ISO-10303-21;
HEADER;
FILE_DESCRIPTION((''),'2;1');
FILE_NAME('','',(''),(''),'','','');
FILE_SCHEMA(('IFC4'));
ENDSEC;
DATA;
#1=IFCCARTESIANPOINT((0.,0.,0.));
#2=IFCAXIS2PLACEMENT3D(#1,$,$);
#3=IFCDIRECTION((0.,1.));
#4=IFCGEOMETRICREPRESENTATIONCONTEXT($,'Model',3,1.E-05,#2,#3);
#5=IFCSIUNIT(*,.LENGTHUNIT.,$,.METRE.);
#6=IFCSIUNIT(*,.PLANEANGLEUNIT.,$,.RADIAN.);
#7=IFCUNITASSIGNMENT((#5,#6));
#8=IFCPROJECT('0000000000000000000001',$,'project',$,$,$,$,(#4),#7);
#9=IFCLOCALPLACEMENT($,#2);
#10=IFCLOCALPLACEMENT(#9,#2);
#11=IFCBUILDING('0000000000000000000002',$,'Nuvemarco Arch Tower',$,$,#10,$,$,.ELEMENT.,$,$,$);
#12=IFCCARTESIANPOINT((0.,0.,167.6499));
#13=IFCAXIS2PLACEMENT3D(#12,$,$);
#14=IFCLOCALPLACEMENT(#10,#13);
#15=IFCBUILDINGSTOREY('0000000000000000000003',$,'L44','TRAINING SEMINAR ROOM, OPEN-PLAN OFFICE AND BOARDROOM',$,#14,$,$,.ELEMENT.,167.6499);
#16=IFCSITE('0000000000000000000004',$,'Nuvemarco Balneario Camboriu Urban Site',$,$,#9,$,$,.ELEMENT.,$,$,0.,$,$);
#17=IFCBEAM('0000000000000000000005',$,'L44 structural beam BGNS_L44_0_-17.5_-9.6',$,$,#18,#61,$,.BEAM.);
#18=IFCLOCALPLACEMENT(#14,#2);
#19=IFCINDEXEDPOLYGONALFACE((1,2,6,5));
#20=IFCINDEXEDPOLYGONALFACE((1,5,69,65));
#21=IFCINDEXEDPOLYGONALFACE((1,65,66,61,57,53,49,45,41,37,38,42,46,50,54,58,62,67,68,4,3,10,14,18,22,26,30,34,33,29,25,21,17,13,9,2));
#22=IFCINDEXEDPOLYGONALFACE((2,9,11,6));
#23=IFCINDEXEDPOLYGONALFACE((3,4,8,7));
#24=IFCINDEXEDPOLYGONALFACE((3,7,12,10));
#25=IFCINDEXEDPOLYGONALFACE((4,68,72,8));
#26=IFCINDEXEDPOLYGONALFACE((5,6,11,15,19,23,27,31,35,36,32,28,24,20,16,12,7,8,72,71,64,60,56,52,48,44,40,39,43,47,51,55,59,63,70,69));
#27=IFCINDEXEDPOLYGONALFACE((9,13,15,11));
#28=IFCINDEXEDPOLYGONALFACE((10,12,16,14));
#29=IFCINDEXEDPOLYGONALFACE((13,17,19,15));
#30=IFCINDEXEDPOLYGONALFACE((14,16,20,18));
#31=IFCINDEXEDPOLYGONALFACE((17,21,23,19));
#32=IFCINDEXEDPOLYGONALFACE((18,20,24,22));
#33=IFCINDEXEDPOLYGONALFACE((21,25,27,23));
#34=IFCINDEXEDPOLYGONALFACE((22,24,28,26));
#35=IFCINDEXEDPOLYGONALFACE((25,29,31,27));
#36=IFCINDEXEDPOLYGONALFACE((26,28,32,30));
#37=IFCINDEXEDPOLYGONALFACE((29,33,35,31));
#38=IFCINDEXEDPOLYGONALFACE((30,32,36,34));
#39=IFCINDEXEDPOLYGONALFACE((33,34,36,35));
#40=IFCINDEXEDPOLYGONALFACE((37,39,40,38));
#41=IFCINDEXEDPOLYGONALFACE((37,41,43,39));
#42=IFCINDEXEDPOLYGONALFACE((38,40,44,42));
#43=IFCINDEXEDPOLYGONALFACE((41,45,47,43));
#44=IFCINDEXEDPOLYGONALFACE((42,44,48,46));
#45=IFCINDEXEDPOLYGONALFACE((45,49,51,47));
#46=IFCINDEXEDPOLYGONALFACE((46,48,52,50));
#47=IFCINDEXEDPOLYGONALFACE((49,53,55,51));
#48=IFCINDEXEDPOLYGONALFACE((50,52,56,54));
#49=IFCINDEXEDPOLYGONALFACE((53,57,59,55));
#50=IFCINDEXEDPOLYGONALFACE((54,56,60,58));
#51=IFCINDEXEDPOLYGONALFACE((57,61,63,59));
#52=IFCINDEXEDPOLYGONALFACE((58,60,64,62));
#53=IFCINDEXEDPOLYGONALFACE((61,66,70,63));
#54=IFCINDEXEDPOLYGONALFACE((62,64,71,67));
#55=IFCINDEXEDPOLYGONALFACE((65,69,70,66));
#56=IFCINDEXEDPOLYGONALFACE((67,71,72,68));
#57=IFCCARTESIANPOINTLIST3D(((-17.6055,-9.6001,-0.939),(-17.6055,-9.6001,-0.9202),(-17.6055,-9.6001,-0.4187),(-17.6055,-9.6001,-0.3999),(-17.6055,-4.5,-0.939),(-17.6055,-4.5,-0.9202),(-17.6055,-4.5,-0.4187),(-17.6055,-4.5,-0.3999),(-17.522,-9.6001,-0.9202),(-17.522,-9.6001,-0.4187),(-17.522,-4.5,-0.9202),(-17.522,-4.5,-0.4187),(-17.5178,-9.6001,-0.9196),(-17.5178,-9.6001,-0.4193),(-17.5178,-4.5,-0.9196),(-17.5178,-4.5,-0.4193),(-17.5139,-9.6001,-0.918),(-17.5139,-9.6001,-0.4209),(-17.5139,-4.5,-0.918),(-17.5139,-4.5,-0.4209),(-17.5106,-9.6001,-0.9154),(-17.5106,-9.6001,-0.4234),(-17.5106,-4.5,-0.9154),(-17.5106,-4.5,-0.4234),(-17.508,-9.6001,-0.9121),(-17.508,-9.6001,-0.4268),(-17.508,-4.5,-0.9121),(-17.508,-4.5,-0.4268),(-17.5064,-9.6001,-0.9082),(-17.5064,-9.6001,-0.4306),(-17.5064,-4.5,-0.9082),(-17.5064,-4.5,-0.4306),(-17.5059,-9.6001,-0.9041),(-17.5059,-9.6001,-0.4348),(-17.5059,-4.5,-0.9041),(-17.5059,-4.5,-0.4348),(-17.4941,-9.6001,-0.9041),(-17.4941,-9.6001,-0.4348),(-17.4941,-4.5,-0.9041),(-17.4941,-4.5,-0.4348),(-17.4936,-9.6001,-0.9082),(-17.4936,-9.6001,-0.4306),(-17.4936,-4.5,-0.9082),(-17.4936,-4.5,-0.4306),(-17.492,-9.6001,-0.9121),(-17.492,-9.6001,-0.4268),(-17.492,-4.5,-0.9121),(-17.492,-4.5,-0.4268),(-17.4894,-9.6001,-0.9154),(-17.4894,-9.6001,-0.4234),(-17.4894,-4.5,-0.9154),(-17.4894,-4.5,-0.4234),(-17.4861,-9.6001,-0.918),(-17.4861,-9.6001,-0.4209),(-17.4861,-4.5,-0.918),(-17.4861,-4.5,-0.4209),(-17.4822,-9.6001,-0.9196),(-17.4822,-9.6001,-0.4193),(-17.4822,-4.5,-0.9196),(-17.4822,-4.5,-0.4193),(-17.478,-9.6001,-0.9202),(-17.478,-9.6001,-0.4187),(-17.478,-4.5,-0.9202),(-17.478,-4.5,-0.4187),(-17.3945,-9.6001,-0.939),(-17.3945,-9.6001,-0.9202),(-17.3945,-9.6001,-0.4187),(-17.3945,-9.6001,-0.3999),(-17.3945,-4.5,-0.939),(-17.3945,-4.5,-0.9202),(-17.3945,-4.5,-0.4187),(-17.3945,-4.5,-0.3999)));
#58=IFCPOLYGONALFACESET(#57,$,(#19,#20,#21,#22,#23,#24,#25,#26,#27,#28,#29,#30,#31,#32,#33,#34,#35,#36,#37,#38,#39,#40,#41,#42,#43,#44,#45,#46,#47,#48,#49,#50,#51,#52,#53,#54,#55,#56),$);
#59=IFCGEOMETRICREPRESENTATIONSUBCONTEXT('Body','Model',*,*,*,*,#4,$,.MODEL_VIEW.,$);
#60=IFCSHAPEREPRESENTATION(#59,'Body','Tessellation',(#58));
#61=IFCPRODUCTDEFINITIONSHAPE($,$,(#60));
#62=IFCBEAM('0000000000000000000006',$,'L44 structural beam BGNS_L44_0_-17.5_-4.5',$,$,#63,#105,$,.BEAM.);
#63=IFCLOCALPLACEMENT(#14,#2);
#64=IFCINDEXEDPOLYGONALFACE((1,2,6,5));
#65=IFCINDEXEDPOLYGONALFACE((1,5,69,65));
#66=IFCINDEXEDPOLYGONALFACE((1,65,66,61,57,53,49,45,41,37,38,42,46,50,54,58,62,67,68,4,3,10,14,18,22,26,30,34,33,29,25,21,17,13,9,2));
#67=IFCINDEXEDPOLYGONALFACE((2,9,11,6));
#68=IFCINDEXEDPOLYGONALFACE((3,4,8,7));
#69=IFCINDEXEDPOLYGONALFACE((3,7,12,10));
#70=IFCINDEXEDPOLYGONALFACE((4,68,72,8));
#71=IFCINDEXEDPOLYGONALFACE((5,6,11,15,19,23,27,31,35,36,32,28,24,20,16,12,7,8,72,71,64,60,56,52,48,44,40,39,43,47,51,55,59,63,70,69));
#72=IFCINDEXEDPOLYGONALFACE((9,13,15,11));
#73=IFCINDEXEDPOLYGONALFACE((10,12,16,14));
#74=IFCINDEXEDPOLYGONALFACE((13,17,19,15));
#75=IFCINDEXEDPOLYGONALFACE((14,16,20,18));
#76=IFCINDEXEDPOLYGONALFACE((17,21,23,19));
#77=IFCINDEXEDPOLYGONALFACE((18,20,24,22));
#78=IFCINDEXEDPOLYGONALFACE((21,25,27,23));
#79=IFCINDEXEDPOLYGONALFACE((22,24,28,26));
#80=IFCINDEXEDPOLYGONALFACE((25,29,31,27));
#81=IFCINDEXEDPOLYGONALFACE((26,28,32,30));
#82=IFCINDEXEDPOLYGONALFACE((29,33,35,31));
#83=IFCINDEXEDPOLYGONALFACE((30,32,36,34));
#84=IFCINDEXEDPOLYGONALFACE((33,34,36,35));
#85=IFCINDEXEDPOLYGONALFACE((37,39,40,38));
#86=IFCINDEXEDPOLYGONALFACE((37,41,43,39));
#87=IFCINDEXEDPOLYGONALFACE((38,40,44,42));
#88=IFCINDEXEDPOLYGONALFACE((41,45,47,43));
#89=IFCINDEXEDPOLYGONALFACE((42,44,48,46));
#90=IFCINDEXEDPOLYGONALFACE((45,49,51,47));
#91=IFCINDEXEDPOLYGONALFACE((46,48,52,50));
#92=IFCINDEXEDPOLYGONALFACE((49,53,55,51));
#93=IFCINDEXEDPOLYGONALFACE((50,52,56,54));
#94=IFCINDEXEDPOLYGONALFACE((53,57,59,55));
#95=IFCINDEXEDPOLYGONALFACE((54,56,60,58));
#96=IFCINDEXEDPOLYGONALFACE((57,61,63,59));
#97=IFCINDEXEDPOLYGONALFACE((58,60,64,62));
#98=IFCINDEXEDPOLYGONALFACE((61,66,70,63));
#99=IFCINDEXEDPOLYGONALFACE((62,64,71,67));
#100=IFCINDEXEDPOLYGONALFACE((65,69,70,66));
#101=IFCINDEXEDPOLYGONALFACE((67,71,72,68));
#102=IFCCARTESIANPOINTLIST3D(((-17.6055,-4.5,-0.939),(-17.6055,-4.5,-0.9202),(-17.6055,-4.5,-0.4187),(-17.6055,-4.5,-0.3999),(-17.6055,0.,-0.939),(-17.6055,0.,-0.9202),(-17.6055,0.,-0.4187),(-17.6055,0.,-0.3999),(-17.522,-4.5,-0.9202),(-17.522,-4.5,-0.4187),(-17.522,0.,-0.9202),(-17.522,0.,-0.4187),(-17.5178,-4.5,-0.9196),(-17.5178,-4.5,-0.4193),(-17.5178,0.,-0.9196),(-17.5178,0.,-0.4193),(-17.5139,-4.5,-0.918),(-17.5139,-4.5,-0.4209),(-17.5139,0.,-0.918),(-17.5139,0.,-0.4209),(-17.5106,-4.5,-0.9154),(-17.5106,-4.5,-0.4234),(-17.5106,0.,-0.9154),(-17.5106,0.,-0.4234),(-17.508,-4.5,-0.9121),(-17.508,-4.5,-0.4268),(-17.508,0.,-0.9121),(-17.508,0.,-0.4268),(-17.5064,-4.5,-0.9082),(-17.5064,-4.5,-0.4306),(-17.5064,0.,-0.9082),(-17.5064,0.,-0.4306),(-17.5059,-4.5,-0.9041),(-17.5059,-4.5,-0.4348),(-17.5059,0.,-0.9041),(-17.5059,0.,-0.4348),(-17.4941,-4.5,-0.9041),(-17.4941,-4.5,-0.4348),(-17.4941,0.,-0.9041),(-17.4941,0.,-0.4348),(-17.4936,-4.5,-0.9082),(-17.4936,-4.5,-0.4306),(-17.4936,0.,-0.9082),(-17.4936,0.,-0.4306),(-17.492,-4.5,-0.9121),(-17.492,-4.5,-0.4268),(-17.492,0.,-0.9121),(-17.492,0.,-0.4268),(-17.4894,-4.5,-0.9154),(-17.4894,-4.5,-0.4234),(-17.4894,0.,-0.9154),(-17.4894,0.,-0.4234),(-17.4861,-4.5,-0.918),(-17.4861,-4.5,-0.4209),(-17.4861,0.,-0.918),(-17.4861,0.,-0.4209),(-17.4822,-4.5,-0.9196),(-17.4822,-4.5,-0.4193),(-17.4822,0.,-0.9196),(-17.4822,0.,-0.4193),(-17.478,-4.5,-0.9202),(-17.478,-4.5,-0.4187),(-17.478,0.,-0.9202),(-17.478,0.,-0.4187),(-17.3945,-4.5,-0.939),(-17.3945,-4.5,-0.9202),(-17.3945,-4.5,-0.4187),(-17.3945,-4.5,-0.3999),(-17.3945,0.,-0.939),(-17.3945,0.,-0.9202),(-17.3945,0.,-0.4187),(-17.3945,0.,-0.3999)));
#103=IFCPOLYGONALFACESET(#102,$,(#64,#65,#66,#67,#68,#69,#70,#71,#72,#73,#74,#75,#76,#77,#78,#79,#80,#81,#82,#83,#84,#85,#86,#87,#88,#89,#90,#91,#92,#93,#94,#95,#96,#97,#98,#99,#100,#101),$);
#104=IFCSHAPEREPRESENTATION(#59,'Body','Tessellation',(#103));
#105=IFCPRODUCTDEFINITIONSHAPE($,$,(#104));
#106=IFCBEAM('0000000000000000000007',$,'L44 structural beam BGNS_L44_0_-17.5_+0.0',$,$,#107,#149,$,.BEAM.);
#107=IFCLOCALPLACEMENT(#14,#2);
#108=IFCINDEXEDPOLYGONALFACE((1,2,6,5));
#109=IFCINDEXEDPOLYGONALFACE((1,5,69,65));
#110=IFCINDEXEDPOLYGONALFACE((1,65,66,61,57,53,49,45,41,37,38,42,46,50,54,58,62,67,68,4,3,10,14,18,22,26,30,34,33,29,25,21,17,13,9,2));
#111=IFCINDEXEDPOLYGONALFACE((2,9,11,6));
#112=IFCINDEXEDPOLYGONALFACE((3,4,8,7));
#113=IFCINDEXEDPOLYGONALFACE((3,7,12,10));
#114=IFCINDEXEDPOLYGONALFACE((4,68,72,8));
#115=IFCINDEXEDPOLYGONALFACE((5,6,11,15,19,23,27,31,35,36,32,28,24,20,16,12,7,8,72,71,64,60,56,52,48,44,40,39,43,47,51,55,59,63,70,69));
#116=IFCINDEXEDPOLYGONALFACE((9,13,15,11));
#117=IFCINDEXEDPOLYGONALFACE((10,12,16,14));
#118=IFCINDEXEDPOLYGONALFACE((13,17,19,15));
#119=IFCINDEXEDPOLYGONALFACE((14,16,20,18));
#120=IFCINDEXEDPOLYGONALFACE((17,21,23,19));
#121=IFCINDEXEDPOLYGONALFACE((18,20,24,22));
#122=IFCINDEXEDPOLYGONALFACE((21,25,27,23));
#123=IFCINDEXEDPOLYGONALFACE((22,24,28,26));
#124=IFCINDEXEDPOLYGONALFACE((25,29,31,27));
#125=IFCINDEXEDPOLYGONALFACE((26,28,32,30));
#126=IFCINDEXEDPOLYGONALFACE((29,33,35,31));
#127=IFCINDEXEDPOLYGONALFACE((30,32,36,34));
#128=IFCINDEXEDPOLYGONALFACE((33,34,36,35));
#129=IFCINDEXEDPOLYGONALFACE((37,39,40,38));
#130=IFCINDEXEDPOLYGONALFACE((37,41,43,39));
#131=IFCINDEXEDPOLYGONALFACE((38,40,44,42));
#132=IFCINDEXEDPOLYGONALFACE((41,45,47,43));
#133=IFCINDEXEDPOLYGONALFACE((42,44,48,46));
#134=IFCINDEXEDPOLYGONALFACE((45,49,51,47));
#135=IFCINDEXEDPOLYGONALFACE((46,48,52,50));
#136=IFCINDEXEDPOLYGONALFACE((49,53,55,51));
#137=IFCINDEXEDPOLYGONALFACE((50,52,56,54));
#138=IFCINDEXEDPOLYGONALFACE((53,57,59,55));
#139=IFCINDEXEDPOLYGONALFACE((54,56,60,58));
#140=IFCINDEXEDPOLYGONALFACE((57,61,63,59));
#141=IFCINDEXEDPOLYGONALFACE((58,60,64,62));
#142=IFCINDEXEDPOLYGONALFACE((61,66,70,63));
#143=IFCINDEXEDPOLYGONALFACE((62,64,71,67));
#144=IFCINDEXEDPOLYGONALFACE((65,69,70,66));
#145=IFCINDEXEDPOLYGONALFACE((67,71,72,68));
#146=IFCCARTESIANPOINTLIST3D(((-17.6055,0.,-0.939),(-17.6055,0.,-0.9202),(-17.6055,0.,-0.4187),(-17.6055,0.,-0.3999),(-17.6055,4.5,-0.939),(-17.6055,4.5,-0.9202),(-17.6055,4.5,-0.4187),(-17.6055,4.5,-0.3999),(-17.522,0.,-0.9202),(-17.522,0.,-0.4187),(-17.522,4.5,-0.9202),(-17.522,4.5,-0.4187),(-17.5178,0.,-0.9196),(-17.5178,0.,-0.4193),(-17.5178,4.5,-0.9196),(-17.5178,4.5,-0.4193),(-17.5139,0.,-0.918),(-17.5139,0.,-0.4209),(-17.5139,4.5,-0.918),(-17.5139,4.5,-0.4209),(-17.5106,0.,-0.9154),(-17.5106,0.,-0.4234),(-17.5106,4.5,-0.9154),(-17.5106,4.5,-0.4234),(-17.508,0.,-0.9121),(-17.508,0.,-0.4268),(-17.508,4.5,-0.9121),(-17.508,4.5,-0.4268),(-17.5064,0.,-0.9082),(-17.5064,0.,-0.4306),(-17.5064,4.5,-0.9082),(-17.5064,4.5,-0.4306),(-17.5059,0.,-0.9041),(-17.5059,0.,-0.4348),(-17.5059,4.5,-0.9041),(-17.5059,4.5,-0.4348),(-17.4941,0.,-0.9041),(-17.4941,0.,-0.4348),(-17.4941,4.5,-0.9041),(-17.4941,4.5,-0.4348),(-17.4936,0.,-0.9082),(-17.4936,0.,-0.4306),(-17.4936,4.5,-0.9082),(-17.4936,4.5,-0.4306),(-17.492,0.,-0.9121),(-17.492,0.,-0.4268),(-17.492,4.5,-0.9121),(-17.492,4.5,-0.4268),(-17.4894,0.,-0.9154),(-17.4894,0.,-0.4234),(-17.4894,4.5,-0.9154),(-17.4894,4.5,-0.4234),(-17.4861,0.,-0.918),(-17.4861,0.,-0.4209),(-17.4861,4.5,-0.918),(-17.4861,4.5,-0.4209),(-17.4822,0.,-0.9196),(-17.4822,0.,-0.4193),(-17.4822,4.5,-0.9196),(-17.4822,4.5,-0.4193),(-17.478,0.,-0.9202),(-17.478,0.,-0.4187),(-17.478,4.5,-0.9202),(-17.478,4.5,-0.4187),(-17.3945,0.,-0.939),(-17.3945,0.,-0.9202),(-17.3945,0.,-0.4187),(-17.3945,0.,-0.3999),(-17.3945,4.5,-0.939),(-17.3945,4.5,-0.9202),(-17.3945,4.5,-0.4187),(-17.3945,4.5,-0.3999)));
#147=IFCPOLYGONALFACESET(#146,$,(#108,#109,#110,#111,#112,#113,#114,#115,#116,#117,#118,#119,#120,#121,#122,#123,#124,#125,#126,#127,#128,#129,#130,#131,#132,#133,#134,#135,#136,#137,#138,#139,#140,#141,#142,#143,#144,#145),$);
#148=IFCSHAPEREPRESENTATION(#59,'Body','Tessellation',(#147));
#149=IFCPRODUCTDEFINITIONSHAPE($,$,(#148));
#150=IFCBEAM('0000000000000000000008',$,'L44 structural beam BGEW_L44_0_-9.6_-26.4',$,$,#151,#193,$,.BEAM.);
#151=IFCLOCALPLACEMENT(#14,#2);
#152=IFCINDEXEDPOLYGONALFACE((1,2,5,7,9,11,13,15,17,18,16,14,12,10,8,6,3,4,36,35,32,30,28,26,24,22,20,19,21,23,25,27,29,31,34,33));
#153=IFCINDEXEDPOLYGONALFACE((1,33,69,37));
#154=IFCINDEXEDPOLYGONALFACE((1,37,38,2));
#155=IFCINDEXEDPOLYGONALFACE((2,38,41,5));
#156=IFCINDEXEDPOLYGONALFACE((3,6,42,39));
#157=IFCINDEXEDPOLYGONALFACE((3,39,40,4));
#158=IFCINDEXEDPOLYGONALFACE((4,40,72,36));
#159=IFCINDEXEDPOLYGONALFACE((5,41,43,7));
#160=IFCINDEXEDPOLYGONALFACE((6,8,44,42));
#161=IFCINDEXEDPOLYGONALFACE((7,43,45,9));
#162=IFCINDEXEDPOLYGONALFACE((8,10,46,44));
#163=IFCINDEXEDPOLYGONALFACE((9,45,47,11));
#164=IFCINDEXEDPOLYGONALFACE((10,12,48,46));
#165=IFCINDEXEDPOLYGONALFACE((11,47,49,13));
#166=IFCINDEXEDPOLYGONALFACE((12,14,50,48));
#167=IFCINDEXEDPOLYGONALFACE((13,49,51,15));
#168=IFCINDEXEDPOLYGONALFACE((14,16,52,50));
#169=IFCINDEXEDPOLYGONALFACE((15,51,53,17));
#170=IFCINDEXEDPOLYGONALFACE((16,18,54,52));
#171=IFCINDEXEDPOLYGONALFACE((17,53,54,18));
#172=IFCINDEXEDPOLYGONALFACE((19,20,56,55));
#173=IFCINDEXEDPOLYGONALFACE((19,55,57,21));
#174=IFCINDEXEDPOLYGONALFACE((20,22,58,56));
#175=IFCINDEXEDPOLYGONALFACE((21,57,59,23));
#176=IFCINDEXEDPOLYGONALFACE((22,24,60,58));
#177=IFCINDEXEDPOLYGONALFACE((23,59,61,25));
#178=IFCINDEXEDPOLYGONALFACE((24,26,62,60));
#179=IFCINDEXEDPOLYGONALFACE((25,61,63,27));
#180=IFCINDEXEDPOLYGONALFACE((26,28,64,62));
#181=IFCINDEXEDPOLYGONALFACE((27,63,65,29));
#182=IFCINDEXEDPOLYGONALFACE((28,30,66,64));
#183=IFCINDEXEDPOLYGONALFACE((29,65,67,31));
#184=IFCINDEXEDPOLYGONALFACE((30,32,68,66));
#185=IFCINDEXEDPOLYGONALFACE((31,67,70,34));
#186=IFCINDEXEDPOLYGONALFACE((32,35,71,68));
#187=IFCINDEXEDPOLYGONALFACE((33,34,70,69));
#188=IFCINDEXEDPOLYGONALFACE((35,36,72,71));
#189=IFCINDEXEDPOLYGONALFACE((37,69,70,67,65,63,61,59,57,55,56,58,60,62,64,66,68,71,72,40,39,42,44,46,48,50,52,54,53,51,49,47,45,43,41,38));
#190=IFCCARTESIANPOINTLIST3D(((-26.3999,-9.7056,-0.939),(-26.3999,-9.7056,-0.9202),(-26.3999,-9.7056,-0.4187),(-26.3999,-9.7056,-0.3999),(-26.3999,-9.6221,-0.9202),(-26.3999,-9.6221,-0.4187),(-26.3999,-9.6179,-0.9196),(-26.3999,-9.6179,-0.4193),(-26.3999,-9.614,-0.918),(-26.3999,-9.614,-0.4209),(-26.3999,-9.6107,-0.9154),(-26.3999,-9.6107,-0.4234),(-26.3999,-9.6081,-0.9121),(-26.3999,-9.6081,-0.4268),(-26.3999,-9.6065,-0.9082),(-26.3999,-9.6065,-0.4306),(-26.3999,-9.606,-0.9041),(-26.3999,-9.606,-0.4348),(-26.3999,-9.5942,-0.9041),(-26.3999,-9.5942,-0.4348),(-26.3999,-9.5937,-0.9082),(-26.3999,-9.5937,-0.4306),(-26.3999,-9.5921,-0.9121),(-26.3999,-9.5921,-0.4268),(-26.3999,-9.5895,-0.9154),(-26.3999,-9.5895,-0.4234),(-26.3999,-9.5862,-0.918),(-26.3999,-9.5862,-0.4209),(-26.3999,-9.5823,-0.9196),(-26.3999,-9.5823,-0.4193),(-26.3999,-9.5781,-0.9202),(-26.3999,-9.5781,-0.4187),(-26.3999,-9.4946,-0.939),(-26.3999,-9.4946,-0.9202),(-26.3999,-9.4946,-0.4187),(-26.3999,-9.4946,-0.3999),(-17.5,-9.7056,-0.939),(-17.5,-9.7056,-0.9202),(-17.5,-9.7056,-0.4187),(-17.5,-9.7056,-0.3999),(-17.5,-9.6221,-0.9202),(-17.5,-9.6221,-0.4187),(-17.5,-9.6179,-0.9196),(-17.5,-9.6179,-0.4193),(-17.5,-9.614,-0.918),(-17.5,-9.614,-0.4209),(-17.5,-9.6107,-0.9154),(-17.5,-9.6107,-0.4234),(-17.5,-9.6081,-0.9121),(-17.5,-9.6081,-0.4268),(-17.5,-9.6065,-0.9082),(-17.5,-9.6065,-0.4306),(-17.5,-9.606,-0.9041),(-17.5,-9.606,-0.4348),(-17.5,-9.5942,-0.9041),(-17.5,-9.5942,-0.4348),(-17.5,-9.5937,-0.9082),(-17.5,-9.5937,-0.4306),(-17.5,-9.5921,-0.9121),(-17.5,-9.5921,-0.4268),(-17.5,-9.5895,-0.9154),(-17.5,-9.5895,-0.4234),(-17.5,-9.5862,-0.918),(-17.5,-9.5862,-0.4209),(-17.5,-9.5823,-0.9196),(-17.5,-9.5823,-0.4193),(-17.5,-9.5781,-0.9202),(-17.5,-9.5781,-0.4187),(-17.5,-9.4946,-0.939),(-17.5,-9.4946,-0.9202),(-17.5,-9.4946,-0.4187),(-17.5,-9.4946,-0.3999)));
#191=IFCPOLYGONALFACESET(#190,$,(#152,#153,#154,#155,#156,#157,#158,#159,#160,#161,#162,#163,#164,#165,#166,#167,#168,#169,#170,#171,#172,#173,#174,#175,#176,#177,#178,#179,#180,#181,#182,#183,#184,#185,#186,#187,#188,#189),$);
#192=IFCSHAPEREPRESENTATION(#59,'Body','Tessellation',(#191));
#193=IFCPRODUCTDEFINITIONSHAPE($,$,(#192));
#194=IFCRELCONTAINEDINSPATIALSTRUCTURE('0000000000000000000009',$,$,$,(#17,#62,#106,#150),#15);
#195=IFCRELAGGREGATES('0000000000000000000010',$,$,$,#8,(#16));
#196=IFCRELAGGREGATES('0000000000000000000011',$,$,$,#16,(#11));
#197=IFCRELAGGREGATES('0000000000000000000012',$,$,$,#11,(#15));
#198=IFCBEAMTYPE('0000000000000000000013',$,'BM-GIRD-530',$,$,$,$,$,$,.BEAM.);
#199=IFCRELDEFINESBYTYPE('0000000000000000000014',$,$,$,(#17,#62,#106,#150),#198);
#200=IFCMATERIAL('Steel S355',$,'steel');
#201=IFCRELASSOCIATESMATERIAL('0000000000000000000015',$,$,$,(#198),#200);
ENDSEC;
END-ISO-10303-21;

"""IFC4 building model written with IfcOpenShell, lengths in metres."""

from ifc_helpers import new_model, si_unit, direction, frame, origin, origin_2d, place, context, subcontext, project, spatial, i_section, extrude, material, material_profile, profile_set, type_object, element, save


model = new_model("IFC4")

# Units and contexts
model_context = context("Model", 3, precision=1e-05, world=origin(), true_north=direction((0.0, 1.0)))
body_context = subcontext(model_context, "Body", "Model", "MODEL_VIEW")
ifc_project = project(units=[si_unit("LENGTHUNIT", "METRE"), si_unit("PLANEANGLEUNIT", "RADIAN")], contexts=[model_context])

# Site, building, storey
site_placement = place(None, origin())
site = spatial("IfcSite", under=ifc_project, at=site_placement, Name="Nuvemarco Balneario Camboriu Urban Site", CompositionType="ELEMENT", RefElevation=0.0)
building_placement = place(site_placement, origin())
building = spatial("IfcBuilding", under=site, at=building_placement, Name="Nuvemarco Arch Tower", CompositionType="ELEMENT")
storey_placement = place(building_placement, frame((0.0, 0.0, 167.6499)))
storey = spatial("IfcBuildingStorey", under=building, at=storey_placement, Name="L44", Description="TRAINING SEMINAR ROOM, OPEN-PLAN OFFICE AND BOARDROOM", CompositionType="ELEMENT", Elevation=167.6499)

# Shared definitions
ifc_material_1 = material(Name="Steel S355", Category="steel")

# Beams
ifc_material_profile_1 = material_profile(ifc_material_1, i_section(OverallWidth=0.2109, OverallDepth=0.5391, WebThickness=0.0117, FlangeThickness=0.0188, FilletRadius=0.0161, at=origin_2d()), Name="W530x109")
ifc_profile_set_1 = profile_set([ifc_material_profile_1], Name="Steel S355")
beam_type_1 = type_object("IfcBeamType", Name="BM-GIRD-530", PredefinedType="BEAM", material=ifc_profile_set_1)
beam_1_placement = place(storey_placement, frame((-17.5, -9.6001, -0.6694), z_axis=(0.0, 1.0, 0.0), x_axis=(-1.0, 0.0, 0.0)))
element("IfcBeam", 1, at=beam_1_placement, inside=storey, type_object=beam_type_1, Name="L44 structural beam BGNS_L44_0_-17.5_-9.6", PredefinedType="BEAM", context=body_context, shape_type="SweptSolid", body=[
    extrude(i_section(OverallWidth=0.2109, OverallDepth=0.5391, WebThickness=0.0117, FlangeThickness=0.0188, FilletRadius=0.0161, at=origin_2d()), origin(), (0.0, 0.0, 1.0), 5.1001),
])
for number, where, z_axis, x_axis, name in (
    (2, (-17.5, -4.5, -0.6694), (0.0, 1.0, 0.0), (-1.0, 0.0, 0.0), "L44 structural beam BGNS_L44_0_-17.5_-4.5"),
    (3, (-17.5, 0.0, -0.6694), (0.0, 1.0, 0.0), (-1.0, 0.0, 0.0), "L44 structural beam BGNS_L44_0_-17.5_+0.0"),
):
    element("IfcBeam", number, at=place(storey_placement, frame(where, z_axis=z_axis, x_axis=x_axis)), inside=storey, type_object=beam_type_1, Name=name, PredefinedType="BEAM", context=body_context, shape_type="SweptSolid", body=[
        extrude(i_section(OverallWidth=0.2109, OverallDepth=0.5391, WebThickness=0.0117, FlangeThickness=0.0188, FilletRadius=0.0161, at=origin_2d()), origin(), (0.0, 0.0, 1.0), 4.5),
    ])
beam_2_placement = place(storey_placement, frame((-26.3999, -9.6001, -0.6694), z_axis=(1.0, 0.0, 0.0), x_axis=(0.0, 1.0, 0.0)))
element("IfcBeam", 4, at=beam_2_placement, inside=storey, type_object=beam_type_1, Name="L44 structural beam BGEW_L44_0_-9.6_-26.4", PredefinedType="BEAM", context=body_context, shape_type="SweptSolid", body=[
    extrude(i_section(OverallWidth=0.2109, OverallDepth=0.5391, WebThickness=0.0117, FlangeThickness=0.0188, FilletRadius=0.0161, at=origin_2d()), origin(), (0.0, 0.0, 1.0), 8.8999),
])

save(model, "model.ifc")
